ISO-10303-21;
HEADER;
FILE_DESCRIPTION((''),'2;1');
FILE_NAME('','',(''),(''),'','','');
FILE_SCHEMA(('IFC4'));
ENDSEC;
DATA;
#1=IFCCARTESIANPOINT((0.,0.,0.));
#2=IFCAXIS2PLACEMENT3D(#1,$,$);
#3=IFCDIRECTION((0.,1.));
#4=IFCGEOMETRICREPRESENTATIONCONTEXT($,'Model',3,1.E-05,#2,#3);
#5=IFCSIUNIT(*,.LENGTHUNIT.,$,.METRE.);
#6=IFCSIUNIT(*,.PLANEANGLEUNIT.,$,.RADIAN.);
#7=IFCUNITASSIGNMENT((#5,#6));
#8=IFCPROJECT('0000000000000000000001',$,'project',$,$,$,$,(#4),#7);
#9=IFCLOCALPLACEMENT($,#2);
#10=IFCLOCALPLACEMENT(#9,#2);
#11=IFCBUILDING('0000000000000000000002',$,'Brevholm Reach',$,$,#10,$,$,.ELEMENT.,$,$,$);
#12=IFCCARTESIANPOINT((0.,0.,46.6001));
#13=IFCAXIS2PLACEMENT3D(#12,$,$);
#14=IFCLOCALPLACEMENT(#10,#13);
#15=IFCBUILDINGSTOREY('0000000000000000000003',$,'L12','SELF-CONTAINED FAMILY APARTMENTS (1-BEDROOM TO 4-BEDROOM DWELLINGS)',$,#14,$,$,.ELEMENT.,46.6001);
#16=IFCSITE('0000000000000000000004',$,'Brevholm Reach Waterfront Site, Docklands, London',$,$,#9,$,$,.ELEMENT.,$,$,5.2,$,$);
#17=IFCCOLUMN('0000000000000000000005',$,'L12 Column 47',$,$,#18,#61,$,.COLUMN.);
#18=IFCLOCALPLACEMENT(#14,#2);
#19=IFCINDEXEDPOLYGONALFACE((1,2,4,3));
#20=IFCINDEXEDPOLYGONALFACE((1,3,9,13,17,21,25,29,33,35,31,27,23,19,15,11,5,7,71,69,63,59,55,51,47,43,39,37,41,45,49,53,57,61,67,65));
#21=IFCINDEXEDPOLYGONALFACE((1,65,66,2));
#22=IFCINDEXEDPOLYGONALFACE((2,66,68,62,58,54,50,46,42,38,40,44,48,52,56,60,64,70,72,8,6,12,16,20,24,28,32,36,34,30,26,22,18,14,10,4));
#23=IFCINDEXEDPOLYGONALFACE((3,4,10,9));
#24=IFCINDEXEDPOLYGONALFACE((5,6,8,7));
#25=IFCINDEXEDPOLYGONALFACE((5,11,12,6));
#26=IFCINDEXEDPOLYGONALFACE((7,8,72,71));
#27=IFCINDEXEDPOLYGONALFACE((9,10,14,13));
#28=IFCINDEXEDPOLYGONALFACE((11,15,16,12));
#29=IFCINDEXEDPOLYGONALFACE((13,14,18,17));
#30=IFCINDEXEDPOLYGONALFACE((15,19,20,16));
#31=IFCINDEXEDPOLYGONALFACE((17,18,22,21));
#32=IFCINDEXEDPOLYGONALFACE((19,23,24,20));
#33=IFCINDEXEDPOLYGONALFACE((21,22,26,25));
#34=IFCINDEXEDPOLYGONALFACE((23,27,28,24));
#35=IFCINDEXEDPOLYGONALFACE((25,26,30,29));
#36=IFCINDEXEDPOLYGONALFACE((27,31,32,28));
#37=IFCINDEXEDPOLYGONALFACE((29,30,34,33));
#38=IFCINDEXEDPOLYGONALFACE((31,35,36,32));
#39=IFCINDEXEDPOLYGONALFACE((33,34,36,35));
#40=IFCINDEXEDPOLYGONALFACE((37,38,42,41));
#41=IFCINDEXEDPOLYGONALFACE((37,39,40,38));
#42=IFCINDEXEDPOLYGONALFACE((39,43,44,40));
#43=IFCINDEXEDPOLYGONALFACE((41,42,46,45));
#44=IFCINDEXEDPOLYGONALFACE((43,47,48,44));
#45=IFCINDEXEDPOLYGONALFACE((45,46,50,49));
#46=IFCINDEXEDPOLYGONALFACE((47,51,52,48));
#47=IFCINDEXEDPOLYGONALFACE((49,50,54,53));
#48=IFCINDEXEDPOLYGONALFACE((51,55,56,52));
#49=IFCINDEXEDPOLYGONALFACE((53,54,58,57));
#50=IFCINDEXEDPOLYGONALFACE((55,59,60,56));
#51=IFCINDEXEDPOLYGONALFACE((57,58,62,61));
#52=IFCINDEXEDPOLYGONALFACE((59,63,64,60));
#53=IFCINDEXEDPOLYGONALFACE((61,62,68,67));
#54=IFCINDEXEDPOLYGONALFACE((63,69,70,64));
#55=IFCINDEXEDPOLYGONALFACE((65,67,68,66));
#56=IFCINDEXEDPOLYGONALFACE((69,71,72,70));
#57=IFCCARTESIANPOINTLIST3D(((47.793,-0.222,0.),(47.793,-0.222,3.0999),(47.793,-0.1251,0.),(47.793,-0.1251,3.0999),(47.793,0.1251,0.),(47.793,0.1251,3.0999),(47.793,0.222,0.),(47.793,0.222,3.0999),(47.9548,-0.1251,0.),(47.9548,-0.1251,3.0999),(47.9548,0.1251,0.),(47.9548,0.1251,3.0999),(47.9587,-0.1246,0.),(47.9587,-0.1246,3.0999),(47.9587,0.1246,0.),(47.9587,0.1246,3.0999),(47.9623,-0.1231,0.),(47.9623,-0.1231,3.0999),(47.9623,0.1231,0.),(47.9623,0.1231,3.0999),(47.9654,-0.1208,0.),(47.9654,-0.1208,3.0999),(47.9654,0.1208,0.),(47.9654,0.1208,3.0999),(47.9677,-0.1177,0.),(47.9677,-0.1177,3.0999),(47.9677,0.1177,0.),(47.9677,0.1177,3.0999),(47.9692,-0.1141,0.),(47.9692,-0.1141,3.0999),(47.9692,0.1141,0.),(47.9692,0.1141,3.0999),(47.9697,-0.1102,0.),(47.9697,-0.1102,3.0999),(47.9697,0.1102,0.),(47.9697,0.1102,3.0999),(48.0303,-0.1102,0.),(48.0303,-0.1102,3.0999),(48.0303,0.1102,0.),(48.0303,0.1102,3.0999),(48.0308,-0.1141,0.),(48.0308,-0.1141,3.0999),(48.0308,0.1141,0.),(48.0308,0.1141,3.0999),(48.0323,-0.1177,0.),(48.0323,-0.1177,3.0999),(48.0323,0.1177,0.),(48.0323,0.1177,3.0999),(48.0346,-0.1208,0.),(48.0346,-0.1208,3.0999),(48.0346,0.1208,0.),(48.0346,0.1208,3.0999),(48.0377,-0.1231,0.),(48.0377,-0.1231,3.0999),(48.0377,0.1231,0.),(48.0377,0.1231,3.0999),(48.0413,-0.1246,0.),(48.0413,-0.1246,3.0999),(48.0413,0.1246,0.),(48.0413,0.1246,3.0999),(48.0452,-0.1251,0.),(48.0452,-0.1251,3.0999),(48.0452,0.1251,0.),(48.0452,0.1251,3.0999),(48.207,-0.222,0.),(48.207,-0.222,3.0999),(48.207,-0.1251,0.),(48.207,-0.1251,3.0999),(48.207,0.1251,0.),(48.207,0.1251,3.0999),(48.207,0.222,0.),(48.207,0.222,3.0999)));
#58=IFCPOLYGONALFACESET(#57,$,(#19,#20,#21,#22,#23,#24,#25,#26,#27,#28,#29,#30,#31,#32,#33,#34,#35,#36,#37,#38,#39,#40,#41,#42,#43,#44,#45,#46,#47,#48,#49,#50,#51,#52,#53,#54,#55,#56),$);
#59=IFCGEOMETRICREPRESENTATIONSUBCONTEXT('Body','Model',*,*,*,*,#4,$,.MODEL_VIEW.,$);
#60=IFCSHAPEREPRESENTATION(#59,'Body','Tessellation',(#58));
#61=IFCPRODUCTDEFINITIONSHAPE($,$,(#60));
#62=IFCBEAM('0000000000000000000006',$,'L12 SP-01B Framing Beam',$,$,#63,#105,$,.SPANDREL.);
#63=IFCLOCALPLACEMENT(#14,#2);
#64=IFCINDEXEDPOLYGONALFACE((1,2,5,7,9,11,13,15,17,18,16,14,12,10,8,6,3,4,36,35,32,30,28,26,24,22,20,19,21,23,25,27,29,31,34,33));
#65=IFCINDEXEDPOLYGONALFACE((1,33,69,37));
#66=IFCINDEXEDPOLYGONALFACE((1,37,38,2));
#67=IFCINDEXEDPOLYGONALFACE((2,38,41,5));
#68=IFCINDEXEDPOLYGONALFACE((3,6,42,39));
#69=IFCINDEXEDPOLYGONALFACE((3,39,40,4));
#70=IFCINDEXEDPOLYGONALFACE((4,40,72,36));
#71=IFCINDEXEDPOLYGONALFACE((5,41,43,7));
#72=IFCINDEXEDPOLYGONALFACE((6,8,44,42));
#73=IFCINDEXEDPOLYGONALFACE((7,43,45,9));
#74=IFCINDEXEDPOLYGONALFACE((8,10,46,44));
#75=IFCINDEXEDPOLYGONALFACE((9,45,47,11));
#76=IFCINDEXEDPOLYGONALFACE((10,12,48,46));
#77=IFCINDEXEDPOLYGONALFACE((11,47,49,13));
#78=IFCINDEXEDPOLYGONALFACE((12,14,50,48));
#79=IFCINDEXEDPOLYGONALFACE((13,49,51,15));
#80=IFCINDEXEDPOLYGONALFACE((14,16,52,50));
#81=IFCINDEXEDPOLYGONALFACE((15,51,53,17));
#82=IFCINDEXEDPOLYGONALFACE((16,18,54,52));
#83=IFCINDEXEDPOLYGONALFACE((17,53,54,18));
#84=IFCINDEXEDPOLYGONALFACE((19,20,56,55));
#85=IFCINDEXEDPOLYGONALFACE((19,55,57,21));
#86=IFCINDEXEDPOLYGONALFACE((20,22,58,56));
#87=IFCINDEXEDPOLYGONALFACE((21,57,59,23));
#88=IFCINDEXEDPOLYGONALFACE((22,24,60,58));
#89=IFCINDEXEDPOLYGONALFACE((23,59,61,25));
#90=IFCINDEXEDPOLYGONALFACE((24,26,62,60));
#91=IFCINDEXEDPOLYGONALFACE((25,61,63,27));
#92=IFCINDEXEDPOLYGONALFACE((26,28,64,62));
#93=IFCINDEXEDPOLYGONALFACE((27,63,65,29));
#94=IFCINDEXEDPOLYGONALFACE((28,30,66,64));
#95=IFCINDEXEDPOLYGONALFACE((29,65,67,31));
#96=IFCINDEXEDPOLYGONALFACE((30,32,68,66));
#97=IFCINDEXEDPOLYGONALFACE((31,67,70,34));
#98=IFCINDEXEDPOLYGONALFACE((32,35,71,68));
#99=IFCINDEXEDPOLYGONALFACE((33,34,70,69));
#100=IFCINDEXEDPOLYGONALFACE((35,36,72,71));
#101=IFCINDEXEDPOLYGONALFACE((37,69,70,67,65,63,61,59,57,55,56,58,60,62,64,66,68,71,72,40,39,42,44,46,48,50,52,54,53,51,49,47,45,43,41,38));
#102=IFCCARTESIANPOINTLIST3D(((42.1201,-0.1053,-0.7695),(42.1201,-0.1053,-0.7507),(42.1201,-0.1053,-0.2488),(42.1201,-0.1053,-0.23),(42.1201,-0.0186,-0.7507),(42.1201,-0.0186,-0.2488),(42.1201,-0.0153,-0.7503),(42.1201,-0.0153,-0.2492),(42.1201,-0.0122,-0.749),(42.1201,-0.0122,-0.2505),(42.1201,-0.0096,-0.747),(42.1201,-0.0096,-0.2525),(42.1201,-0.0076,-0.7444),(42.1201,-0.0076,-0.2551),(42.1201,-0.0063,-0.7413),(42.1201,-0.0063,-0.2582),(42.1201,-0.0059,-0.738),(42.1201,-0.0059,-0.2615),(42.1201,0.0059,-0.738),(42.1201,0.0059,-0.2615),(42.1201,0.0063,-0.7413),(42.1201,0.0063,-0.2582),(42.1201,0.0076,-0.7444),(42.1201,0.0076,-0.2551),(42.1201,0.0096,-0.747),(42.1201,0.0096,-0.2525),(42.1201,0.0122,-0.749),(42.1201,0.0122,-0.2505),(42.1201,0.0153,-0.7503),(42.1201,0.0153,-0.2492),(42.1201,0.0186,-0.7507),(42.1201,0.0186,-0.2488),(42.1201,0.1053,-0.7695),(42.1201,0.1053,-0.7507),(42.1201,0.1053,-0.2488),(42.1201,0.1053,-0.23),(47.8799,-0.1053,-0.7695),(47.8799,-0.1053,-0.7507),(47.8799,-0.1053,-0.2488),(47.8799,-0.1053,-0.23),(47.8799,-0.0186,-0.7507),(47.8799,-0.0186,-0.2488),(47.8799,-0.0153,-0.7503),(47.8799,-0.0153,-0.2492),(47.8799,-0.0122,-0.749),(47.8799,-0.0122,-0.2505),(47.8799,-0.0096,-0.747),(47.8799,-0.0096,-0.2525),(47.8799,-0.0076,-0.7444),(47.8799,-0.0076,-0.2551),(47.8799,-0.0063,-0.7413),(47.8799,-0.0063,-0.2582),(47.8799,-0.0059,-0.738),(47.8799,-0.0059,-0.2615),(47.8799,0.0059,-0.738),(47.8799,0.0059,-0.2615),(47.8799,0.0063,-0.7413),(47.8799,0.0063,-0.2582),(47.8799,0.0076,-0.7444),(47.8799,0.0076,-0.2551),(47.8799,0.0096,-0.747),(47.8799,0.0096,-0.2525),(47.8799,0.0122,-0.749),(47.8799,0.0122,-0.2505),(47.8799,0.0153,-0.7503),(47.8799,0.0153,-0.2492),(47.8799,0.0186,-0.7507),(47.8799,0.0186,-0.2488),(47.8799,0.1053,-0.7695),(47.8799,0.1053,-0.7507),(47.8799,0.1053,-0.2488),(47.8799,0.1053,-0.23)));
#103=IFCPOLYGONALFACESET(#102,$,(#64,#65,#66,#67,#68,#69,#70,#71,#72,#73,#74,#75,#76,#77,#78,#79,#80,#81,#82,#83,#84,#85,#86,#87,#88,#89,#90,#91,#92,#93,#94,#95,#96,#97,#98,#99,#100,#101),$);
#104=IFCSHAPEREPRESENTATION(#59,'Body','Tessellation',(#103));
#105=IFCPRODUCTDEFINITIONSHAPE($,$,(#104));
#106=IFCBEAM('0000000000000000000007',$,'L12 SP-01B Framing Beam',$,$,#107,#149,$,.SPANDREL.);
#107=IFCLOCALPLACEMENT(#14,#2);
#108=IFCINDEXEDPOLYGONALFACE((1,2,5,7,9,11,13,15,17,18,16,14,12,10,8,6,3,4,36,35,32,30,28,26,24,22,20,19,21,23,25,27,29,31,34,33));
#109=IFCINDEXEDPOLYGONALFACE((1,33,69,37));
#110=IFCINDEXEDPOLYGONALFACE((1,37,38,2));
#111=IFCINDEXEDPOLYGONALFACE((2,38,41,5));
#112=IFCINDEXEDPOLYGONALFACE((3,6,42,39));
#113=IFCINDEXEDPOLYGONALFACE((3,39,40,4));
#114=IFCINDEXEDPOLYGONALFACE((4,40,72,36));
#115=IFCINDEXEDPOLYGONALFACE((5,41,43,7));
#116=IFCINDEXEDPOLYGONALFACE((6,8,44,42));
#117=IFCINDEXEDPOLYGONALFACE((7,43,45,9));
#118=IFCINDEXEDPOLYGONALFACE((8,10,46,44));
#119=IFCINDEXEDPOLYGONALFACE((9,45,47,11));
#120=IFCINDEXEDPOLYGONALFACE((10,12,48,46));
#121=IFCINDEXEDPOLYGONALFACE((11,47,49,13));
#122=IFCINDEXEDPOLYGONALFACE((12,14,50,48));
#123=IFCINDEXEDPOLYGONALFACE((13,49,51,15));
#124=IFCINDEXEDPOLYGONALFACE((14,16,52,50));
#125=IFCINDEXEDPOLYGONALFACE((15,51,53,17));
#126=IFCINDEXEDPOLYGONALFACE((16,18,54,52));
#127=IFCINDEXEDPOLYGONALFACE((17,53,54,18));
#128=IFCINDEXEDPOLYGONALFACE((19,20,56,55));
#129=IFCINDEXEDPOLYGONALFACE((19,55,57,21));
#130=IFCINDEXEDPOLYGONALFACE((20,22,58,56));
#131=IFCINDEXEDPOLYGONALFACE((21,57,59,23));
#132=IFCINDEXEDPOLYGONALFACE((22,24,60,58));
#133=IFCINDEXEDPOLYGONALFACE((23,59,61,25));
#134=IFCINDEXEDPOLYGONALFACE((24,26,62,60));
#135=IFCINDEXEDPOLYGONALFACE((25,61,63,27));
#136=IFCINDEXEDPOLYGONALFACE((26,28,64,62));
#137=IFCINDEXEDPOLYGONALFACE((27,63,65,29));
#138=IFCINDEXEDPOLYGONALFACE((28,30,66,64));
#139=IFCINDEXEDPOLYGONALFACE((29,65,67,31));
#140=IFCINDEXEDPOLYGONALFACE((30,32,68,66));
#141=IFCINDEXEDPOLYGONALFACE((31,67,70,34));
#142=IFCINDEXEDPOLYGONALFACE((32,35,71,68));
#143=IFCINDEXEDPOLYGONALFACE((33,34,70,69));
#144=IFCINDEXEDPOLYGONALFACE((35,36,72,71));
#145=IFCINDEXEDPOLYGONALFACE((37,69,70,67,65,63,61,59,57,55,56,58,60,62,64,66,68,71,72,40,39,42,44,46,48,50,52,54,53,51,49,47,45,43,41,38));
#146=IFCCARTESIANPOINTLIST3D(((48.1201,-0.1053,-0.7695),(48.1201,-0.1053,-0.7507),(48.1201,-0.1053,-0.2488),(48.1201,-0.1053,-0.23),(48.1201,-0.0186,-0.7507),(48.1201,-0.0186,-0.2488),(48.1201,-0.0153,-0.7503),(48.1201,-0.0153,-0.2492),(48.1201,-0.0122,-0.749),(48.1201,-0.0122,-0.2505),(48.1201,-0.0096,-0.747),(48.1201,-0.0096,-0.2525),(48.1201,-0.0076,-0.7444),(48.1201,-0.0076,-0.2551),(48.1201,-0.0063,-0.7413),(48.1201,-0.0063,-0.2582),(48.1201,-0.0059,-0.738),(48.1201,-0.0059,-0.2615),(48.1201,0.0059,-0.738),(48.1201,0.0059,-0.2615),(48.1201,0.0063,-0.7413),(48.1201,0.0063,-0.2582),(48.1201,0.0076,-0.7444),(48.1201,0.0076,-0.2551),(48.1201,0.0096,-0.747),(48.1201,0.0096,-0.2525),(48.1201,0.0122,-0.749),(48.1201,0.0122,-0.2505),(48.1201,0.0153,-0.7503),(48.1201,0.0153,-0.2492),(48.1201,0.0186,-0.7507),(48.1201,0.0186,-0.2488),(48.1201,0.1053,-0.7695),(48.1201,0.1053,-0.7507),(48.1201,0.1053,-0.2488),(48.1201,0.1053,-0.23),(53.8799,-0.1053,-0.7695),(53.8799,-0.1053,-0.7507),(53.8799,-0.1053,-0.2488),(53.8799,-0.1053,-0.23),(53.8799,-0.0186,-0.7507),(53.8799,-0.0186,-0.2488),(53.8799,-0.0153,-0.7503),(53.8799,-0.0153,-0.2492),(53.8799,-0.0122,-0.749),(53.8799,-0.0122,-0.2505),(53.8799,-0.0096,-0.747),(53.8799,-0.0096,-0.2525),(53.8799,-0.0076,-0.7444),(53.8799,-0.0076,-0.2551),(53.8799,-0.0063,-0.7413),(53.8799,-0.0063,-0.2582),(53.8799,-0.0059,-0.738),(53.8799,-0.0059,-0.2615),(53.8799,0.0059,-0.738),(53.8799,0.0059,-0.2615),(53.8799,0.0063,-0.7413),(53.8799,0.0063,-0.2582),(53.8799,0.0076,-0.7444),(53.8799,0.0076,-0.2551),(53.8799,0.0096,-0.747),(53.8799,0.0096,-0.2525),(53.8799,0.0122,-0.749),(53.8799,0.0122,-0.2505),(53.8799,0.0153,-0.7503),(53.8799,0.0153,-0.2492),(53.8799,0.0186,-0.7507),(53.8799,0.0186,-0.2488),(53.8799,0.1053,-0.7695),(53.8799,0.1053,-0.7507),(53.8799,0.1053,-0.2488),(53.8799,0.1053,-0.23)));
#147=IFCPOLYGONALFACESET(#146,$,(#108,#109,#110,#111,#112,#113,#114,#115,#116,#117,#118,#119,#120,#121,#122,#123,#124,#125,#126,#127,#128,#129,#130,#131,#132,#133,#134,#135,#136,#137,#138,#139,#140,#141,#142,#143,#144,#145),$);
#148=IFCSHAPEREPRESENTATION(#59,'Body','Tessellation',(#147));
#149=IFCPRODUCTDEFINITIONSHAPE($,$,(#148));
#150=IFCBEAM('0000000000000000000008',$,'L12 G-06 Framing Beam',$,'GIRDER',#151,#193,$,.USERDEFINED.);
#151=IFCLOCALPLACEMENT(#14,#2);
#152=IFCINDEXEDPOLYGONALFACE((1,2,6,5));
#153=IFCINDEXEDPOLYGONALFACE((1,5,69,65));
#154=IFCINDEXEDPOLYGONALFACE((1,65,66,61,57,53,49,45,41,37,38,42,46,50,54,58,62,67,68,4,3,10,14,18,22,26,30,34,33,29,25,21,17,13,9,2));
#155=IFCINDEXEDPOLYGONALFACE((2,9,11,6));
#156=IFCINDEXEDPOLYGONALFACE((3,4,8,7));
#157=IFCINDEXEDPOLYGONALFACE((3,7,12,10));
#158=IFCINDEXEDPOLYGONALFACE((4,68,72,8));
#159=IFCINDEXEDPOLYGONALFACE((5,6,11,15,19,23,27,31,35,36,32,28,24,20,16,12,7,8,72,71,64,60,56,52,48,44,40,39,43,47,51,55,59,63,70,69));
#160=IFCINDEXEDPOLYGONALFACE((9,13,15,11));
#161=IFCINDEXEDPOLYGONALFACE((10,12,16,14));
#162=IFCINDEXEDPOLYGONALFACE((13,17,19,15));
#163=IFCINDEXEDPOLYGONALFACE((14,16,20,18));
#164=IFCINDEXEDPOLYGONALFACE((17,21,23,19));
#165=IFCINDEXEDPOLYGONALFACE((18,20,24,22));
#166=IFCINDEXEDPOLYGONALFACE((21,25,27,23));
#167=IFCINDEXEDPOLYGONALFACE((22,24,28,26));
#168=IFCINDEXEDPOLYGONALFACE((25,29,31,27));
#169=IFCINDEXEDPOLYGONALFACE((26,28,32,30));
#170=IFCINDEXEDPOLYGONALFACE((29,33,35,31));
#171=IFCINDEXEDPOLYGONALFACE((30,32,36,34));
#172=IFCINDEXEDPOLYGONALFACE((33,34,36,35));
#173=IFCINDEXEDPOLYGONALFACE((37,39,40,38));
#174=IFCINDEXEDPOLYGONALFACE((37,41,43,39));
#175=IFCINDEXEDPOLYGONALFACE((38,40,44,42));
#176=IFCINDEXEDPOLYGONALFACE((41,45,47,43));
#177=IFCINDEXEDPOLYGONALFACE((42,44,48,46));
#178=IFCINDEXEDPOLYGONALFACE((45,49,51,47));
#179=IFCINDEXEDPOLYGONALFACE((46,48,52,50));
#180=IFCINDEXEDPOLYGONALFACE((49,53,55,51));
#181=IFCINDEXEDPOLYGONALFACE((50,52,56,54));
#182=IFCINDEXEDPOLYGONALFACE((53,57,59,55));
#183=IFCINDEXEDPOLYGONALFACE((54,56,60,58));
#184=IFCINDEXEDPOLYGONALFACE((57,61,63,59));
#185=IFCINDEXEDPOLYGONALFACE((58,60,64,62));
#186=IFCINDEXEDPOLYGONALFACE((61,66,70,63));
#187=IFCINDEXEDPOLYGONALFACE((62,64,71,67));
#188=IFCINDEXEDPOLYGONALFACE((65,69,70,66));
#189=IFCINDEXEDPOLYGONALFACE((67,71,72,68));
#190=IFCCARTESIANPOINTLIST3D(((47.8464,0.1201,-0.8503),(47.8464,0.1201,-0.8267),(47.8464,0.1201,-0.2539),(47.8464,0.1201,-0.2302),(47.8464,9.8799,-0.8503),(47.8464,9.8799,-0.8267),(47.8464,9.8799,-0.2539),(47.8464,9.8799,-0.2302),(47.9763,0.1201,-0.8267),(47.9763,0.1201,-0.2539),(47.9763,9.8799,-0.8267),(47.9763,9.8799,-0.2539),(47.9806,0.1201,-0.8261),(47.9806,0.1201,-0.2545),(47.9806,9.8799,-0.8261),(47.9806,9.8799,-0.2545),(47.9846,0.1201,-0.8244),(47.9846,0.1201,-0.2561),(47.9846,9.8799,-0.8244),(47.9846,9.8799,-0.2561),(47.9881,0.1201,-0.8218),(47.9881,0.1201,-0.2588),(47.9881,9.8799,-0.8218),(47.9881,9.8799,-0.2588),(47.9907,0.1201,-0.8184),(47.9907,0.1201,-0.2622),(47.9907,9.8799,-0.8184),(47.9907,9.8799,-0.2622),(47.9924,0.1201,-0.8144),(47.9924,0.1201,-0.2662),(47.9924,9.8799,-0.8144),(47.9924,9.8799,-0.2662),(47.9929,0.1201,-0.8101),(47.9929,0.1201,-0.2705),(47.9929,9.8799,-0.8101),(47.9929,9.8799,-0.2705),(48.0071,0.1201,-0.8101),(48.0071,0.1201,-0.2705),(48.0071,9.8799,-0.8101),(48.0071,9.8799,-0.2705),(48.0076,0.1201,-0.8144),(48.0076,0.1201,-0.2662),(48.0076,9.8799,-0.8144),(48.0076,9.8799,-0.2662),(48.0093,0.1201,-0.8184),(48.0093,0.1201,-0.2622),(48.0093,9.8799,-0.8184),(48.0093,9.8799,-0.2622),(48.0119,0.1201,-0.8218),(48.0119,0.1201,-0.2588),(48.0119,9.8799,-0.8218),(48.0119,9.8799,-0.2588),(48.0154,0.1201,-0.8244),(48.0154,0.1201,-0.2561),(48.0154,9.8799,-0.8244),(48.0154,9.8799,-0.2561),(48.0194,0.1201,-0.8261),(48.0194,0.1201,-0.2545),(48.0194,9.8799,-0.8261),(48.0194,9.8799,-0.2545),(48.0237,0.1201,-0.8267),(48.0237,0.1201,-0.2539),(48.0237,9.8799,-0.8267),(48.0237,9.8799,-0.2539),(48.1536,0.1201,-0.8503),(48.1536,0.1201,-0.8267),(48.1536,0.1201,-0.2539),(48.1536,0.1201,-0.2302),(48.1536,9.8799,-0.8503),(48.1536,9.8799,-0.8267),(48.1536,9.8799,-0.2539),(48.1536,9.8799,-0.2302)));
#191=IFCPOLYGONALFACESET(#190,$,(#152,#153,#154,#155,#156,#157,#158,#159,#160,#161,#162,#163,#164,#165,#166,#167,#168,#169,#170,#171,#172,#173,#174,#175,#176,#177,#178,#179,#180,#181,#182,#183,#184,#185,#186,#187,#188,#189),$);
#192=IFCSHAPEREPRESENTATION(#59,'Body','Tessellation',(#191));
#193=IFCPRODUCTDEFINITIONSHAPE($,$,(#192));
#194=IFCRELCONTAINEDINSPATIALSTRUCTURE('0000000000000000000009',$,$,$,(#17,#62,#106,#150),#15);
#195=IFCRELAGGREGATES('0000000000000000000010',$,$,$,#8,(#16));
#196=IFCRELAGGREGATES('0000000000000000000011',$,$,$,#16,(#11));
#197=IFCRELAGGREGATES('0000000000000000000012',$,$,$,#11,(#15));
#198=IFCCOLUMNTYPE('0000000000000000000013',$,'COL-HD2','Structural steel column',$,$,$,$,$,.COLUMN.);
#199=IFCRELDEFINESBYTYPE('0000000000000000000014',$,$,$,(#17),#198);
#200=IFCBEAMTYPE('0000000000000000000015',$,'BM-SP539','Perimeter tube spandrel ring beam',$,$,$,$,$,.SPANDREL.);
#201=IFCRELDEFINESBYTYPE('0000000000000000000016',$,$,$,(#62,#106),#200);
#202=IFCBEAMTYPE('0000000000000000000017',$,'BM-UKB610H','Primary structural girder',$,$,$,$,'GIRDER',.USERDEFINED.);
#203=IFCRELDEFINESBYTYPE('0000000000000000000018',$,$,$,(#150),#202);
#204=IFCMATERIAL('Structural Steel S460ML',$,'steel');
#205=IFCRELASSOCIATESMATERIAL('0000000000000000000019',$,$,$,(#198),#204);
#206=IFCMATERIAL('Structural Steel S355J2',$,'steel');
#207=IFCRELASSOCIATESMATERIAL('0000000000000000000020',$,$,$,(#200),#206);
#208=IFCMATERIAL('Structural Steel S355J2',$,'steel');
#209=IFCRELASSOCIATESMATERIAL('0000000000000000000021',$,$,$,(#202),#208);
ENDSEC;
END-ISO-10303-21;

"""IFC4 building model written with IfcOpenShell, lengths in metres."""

from ifc_helpers import new_model, si_unit, direction, frame, origin, origin_2d, place, context, subcontext, project, spatial, i_section, extrude, material, material_profile, profile_set, type_object, element, save


model = new_model("IFC4")

# Units and contexts
model_context = context("Model", 3, precision=1e-05, world=origin(), true_north=direction((0.0, 1.0)))
body_context = subcontext(model_context, "Body", "Model", "MODEL_VIEW")
ifc_project = project(units=[si_unit("LENGTHUNIT", "METRE"), si_unit("PLANEANGLEUNIT", "RADIAN")], contexts=[model_context])

# Site, building, storey
site_placement = place(None, origin())
site = spatial("IfcSite", under=ifc_project, at=site_placement, Name="Brevholm Reach Waterfront Site, Docklands, London", CompositionType="ELEMENT", RefElevation=5.2)
building_placement = place(site_placement, origin())
building = spatial("IfcBuilding", under=site, at=building_placement, Name="Brevholm Reach", CompositionType="ELEMENT")
storey_placement = place(building_placement, frame((0.0, 0.0, 46.6001)))
storey = spatial("IfcBuildingStorey", under=building, at=storey_placement, Name="L12", Description="SELF-CONTAINED FAMILY APARTMENTS (1-BEDROOM TO 4-BEDROOM DWELLINGS)", CompositionType="ELEMENT", Elevation=46.6001)

# Column
ifc_material_1 = material(Name="Structural Steel S460ML", Category="steel")
ifc_material_profile_1 = material_profile(ifc_material_1, i_section(OverallWidth=0.4141, OverallDepth=0.4441, WebThickness=0.0605, FlangeThickness=0.0969, FilletRadius=0.0149, at=origin_2d()), Name="HD 400x818")
ifc_profile_set_1 = profile_set([ifc_material_profile_1], Name="Structural Steel S460ML")
column_type = type_object("IfcColumnType", Name="COL-HD2", Description="Structural steel column", PredefinedType="COLUMN", material=ifc_profile_set_1)
column_placement = place(storey_placement, frame((48.0, 0.0, 0.0), z_axis=(0.0, 0.0, 1.0), x_axis=(1.0, 0.0, 0.0)))
element("IfcColumn", 1, at=column_placement, inside=storey, type_object=column_type, Name="L12 Column 47", PredefinedType="COLUMN", context=body_context, shape_type="SweptSolid", body=[
    extrude(i_section(OverallWidth=0.4141, OverallDepth=0.4441, WebThickness=0.0605, FlangeThickness=0.0969, FilletRadius=0.0149, at=origin_2d()), origin(), (0.0, 0.0, 1.0), 3.0999),
])

# Beams
ifc_material_2 = material(Name="Structural Steel S355J2", Category="steel")
ifc_material_profile_2 = material_profile(ifc_material_2, i_section(OverallWidth=0.2107, OverallDepth=0.5396, WebThickness=0.0117, FlangeThickness=0.0188, FilletRadius=0.0127, at=origin_2d()), Name="UKB 533x210x109")
ifc_profile_set_2 = profile_set([ifc_material_profile_2], Name="Structural Steel S355J2")
beam_type_1 = type_object("IfcBeamType", Name="BM-SP539", Description="Perimeter tube spandrel ring beam", PredefinedType="SPANDREL", material=ifc_profile_set_2)
for number, where, z_axis, x_axis, name in (
    (2, (42.1201, 0.0, -0.4998), (1.0, 0.0, 0.0), (0.0, 1.0, 0.0), "L12 SP-01B Framing Beam"),
    (3, (48.1201, 0.0, -0.4998), (1.0, 0.0, 0.0), (0.0, 1.0, 0.0), "L12 SP-01B Framing Beam"),
):
    element("IfcBeam", number, at=place(storey_placement, frame(where, z_axis=z_axis, x_axis=x_axis)), inside=storey, type_object=beam_type_1, Name=name, PredefinedType="SPANDREL", context=body_context, shape_type="SweptSolid", body=[
        extrude(i_section(OverallWidth=0.2107, OverallDepth=0.5396, WebThickness=0.0117, FlangeThickness=0.0188, FilletRadius=0.0127, at=origin_2d()), origin(), (0.0, 0.0, 1.0), 5.7598),
    ])
ifc_material_3 = material(Name="Structural Steel S355J2", Category="steel")
ifc_material_profile_3 = material_profile(ifc_material_3, i_section(OverallWidth=0.3071, OverallDepth=0.6201, WebThickness=0.0142, FlangeThickness=0.0237, FilletRadius=0.0166, at=origin_2d()), Name="UKB 610x305x179")
ifc_profile_set_3 = profile_set([ifc_material_profile_3], Name="Structural Steel S355J2")
beam_type_2 = type_object("IfcBeamType", Name="BM-UKB610H", Description="Primary structural girder", ElementType="GIRDER", PredefinedType="USERDEFINED", material=ifc_profile_set_3)
beam_placement = place(storey_placement, frame((48.0, 0.1201, -0.5403), z_axis=(0.0, 1.0, 0.0), x_axis=(-1.0, 0.0, 0.0)))
element("IfcBeam", 4, at=beam_placement, inside=storey, type_object=beam_type_2, Name="L12 G-06 Framing Beam", ObjectType="GIRDER", PredefinedType="USERDEFINED", context=body_context, shape_type="SweptSolid", body=[
    extrude(i_section(OverallWidth=0.3071, OverallDepth=0.6201, WebThickness=0.0142, FlangeThickness=0.0237, FilletRadius=0.0166, at=origin_2d()), origin(), (0.0, 0.0, 1.0), 9.7598),
])

save(model, "model.ifc")
